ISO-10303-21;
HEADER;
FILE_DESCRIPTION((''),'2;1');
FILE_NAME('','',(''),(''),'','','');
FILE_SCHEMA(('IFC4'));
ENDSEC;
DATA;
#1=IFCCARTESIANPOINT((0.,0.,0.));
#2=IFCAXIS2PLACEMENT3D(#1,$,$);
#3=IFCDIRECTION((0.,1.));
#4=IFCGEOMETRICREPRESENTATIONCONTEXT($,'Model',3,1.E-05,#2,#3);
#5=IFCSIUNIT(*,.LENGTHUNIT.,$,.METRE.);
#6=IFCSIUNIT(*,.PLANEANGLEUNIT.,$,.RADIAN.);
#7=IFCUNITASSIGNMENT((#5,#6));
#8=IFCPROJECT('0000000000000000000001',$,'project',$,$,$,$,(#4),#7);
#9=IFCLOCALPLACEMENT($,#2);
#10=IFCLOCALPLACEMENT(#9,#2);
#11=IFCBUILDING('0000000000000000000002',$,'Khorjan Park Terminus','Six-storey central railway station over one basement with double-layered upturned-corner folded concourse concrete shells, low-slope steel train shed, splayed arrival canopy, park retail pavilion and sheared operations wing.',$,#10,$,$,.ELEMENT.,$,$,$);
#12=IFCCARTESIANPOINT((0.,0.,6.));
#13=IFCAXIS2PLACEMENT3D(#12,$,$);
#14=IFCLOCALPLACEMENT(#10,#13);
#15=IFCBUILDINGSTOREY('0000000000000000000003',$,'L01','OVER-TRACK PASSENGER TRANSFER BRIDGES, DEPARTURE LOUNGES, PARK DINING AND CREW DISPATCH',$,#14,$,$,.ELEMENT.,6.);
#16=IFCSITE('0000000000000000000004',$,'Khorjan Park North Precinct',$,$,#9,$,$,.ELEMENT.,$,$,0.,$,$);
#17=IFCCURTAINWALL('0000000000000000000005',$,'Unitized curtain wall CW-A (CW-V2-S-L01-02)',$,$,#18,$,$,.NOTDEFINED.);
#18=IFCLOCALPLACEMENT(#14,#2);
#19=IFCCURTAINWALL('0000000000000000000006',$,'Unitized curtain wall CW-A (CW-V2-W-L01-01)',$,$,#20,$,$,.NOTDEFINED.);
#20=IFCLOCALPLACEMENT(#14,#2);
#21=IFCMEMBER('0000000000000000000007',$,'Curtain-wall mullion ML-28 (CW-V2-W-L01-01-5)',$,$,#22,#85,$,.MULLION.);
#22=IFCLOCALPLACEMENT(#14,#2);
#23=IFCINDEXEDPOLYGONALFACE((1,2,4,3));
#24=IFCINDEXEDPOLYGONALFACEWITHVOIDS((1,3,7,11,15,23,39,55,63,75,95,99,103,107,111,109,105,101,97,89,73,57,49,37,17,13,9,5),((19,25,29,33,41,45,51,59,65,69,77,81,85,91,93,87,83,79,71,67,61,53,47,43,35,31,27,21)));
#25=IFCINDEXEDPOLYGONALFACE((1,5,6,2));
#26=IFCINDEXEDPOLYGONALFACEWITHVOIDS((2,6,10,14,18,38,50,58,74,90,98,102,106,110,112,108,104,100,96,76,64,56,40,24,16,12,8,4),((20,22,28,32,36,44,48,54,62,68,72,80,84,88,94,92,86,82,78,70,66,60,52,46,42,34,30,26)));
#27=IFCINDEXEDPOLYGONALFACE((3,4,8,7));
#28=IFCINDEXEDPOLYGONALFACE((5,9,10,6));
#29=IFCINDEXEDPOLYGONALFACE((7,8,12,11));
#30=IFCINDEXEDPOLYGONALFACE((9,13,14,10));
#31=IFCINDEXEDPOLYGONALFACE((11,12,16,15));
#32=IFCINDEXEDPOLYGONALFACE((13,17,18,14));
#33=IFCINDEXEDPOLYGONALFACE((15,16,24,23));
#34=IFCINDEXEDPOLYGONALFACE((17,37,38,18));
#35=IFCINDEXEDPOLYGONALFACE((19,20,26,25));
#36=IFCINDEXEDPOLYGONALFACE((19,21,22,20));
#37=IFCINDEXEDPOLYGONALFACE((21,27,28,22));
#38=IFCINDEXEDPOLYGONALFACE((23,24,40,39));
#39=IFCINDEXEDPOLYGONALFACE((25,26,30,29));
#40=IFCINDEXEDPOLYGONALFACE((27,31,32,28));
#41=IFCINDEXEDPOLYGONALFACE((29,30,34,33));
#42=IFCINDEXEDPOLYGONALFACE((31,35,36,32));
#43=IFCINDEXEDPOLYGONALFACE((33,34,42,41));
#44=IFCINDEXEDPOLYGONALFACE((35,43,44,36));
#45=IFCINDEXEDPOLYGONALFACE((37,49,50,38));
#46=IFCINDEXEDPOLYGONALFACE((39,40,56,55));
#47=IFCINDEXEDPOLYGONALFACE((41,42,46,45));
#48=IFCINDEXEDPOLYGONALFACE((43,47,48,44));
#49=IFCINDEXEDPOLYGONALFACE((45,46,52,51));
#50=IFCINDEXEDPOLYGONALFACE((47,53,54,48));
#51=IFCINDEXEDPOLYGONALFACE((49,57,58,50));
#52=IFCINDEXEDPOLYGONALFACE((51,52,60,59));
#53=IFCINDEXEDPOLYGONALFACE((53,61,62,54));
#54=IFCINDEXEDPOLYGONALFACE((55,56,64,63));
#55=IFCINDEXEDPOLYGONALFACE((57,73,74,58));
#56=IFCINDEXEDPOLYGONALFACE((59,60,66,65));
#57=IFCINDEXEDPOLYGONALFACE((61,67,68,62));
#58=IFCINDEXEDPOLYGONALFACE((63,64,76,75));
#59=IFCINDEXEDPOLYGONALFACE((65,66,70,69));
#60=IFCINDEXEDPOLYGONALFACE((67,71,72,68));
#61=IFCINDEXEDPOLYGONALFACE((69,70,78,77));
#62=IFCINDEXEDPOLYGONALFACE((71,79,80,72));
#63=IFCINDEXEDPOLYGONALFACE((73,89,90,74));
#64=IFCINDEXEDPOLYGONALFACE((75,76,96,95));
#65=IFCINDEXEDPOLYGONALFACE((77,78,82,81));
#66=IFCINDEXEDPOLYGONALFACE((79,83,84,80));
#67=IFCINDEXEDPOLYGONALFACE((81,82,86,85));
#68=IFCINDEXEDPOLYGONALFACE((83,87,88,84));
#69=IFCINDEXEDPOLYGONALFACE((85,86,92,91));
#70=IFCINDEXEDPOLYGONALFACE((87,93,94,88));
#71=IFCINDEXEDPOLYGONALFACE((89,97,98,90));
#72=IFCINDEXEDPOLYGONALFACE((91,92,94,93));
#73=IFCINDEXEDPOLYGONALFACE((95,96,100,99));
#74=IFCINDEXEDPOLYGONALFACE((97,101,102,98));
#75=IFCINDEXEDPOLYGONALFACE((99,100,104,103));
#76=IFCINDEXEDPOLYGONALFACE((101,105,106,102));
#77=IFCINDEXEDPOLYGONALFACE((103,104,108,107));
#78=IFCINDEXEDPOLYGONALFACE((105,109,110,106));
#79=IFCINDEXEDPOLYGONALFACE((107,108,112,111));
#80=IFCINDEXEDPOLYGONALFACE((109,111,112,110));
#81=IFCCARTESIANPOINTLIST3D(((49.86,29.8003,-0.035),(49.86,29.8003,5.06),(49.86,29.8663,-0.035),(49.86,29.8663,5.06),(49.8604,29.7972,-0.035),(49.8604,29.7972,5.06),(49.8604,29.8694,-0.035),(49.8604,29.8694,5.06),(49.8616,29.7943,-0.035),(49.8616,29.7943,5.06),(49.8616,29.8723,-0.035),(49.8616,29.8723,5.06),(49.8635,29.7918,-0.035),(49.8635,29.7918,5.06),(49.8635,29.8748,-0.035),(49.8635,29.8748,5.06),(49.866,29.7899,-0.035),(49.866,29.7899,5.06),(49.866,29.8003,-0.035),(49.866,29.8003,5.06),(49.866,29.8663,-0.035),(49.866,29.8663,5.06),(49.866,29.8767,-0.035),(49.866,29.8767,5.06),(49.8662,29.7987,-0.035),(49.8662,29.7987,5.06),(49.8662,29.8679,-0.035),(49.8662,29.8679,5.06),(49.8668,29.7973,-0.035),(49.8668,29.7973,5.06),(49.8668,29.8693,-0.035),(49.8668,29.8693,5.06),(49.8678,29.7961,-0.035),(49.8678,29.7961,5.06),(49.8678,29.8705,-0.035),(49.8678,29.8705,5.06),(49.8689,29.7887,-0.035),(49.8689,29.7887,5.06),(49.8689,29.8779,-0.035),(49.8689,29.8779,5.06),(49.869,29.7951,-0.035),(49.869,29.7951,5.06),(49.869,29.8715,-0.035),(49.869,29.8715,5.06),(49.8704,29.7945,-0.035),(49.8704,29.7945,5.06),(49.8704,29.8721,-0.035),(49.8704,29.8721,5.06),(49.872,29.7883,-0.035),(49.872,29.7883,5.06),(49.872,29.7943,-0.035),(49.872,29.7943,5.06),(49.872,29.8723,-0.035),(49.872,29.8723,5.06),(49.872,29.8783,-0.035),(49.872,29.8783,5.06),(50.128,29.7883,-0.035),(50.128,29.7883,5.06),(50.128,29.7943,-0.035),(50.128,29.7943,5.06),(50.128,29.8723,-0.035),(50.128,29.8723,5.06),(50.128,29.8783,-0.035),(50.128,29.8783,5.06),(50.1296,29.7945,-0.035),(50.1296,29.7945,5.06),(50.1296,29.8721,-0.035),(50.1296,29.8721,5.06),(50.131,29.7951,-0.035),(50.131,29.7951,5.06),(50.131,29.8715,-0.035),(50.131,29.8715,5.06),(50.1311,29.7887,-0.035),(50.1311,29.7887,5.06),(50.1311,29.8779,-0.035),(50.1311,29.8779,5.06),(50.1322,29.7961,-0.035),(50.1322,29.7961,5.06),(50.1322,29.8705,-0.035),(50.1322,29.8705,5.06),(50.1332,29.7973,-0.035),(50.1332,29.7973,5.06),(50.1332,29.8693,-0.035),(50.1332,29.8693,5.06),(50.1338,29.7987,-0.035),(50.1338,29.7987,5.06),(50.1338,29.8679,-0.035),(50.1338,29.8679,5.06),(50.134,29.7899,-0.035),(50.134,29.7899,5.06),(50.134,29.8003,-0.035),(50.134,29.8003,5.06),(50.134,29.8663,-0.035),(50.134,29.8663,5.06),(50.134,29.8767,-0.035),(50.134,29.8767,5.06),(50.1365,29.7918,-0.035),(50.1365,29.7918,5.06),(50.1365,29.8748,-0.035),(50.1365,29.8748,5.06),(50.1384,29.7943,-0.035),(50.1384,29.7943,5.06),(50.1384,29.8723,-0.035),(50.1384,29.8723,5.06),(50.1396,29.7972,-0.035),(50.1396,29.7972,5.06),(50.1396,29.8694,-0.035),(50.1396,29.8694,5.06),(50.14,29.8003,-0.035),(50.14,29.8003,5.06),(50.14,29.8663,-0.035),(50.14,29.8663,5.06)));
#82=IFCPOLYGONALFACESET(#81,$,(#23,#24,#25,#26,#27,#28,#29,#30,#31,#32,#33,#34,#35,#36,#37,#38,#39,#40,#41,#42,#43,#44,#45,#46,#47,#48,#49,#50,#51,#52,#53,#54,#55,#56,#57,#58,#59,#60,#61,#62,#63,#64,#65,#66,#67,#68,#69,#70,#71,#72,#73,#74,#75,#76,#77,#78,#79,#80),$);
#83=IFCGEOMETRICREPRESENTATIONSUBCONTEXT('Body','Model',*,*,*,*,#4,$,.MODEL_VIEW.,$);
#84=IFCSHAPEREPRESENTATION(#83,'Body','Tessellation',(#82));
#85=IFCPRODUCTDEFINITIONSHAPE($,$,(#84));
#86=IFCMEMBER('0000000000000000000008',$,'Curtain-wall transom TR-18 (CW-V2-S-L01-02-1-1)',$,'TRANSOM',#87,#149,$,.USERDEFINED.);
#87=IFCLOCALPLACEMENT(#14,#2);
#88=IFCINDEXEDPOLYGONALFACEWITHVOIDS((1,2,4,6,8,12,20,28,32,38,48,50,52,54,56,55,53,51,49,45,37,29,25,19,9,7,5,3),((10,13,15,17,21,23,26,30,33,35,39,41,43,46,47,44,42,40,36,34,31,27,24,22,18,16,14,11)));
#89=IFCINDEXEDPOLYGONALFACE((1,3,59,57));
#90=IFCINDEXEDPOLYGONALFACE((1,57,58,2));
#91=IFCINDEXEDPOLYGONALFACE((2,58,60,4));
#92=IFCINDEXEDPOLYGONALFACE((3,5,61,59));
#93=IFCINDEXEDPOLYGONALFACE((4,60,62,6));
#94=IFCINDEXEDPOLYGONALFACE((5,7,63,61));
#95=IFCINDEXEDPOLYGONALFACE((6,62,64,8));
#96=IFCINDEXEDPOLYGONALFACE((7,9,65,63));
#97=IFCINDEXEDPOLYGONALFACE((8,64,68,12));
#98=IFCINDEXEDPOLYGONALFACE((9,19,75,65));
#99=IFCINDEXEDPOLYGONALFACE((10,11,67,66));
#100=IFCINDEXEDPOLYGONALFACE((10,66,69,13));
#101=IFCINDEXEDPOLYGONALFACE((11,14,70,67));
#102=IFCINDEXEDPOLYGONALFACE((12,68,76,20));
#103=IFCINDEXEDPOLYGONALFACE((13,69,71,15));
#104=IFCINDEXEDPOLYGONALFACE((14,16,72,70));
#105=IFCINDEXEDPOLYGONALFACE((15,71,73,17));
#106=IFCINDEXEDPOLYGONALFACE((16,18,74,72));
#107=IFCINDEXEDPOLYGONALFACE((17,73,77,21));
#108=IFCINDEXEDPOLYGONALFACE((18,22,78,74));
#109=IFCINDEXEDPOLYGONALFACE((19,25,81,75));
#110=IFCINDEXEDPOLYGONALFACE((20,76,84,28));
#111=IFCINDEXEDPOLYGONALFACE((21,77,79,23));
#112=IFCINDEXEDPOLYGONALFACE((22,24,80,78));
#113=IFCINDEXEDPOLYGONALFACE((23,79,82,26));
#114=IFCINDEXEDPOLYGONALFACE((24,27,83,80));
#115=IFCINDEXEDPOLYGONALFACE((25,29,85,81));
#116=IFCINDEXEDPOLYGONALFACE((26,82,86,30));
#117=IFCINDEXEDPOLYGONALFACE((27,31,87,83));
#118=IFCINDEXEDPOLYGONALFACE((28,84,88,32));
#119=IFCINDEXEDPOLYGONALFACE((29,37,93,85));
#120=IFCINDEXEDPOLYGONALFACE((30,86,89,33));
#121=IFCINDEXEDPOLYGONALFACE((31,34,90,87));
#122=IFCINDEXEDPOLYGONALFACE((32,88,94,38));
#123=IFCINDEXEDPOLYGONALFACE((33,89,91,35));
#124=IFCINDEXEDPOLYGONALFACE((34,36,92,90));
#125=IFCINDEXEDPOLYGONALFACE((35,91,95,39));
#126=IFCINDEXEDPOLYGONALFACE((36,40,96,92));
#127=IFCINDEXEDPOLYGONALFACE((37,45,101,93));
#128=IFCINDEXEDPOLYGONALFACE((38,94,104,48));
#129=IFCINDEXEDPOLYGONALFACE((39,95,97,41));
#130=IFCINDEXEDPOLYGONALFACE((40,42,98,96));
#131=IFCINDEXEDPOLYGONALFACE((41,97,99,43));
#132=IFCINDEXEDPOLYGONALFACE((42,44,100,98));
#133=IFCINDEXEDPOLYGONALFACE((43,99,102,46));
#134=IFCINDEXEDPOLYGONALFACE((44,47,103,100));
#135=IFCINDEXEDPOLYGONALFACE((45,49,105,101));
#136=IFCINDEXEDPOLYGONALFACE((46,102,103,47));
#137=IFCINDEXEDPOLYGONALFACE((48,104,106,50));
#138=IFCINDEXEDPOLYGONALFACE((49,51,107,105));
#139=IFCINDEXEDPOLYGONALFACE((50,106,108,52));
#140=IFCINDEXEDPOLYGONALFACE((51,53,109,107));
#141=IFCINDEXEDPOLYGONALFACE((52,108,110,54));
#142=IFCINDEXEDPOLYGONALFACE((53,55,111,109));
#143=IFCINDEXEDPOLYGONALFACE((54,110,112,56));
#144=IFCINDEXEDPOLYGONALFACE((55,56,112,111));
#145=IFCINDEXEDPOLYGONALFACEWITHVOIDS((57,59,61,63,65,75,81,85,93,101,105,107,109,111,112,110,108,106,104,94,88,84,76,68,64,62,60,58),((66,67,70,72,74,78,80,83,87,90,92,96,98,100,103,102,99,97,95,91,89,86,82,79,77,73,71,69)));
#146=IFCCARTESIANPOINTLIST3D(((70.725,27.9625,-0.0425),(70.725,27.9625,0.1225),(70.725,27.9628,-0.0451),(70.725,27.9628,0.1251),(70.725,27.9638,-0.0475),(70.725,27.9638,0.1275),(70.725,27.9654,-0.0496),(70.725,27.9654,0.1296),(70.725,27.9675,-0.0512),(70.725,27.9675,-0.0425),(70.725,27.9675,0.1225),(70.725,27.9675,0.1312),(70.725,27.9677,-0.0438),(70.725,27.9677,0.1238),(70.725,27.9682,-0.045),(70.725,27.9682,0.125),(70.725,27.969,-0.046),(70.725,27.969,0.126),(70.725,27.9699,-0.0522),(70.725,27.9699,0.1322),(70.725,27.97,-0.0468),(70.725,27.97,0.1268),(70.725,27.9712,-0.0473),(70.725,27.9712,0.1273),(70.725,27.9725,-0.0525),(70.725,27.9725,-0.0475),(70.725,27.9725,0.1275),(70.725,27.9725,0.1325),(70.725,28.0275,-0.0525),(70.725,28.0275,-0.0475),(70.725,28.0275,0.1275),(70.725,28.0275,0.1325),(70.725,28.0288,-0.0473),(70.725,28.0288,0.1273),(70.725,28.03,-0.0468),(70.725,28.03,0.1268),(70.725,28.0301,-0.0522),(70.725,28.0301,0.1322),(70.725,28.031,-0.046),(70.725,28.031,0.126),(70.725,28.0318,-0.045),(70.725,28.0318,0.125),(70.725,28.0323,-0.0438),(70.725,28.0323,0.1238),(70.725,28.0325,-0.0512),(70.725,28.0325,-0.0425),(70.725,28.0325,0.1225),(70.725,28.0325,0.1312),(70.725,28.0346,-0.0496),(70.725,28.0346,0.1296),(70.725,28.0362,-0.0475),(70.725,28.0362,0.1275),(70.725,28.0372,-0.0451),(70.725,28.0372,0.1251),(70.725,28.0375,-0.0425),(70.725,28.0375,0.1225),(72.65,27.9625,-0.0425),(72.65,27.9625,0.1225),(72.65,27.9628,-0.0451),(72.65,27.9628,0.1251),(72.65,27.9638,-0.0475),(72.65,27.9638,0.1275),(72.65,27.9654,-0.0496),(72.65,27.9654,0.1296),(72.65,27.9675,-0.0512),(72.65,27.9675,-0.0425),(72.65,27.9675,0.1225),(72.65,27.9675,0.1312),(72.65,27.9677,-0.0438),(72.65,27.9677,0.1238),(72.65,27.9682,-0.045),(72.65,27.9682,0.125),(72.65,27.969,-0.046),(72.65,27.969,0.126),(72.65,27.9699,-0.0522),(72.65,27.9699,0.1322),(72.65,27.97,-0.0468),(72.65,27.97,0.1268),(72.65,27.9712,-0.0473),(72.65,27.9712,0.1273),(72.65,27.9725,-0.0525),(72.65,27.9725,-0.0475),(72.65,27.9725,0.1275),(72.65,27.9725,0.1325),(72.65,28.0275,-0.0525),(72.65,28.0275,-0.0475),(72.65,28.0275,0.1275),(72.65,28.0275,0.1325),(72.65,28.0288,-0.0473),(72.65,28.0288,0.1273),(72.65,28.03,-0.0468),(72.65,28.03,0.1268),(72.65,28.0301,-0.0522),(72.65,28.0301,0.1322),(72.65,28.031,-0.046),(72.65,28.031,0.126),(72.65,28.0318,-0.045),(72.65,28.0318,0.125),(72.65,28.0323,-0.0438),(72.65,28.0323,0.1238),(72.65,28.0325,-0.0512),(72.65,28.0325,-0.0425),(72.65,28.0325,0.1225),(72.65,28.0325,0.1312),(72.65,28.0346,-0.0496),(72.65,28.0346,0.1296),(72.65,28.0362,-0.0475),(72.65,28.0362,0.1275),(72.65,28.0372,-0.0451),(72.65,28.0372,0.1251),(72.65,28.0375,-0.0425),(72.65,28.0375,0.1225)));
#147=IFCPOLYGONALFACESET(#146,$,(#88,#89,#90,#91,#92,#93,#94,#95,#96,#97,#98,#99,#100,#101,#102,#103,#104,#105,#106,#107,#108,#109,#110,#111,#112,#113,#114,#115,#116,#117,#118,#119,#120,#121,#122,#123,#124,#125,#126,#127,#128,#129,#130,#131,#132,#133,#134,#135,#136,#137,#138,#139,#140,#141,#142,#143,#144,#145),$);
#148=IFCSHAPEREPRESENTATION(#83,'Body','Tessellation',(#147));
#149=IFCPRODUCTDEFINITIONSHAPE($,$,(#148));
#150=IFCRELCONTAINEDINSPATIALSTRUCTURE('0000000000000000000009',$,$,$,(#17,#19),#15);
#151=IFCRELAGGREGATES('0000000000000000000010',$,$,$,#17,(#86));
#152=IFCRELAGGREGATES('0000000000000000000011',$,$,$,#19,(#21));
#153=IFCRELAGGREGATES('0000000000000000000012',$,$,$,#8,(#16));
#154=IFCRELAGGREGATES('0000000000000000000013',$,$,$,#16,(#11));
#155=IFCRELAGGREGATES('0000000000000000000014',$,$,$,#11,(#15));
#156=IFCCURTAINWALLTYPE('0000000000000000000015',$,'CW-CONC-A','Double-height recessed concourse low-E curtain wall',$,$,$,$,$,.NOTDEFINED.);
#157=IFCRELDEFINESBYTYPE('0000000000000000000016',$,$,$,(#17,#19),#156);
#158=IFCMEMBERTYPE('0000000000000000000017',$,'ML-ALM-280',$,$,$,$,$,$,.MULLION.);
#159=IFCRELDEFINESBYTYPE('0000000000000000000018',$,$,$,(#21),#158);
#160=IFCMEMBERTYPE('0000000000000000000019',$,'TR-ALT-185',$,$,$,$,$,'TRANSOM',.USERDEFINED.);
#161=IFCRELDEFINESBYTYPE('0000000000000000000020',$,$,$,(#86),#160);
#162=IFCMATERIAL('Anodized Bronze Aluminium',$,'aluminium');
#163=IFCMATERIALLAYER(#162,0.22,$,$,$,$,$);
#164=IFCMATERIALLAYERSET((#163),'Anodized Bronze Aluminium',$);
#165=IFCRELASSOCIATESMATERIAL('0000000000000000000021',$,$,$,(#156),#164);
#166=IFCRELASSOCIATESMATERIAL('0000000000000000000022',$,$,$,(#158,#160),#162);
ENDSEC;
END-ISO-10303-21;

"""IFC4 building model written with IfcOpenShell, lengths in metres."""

from ifc_helpers import new_model, si_unit, direction, frame, origin, origin_2d, place, context, subcontext, project, spatial, hollow_rectangle, extrude, material, layer, layer_set, material_profile, profile_set, type_object, element, aggregate, save


model = new_model("IFC4")

# Units and contexts
model_context = context("Model", 3, precision=1e-05, world=origin(), true_north=direction((0.0, 1.0)))
body_context = subcontext(model_context, "Body", "Model", "MODEL_VIEW")
ifc_project = project(units=[si_unit("LENGTHUNIT", "METRE"), si_unit("PLANEANGLEUNIT", "RADIAN")], contexts=[model_context])

# Site, building, storey
site_placement = place(None, origin())
site = spatial("IfcSite", under=ifc_project, at=site_placement, Name="Khorjan Park North Precinct", CompositionType="ELEMENT", RefElevation=0.0)
building_placement = place(site_placement, origin())
building = spatial("IfcBuilding", under=site, at=building_placement, Name="Khorjan Park Terminus", Description="Six-storey central railway station over one basement with double-layered upturned-corner folded concourse concrete shells, low-slope steel train shed, splayed arrival canopy, park retail pavilion and sheared operations wing.", CompositionType="ELEMENT")
storey_placement = place(building_placement, frame((0.0, 0.0, 6.0)))
storey = spatial("IfcBuildingStorey", under=building, at=storey_placement, Name="L01", Description="OVER-TRACK PASSENGER TRANSFER BRIDGES, DEPARTURE LOUNGES, PARK DINING AND CREW DISPATCH", CompositionType="ELEMENT", Elevation=6.0)

# Curtain wall
ifc_material_1 = material(Name="Anodized Bronze Aluminium", Category="aluminium")
ifc_layer_1 = layer(ifc_material_1, 0.22)
ifc_layer_set_1 = layer_set([ifc_layer_1], Name="Anodized Bronze Aluminium")
curtain_wall_type = type_object("IfcCurtainWallType", Name="CW-CONC-A", Description="Double-height recessed concourse low-E curtain wall", PredefinedType="NOTDEFINED", material=ifc_layer_set_1)
curtain_wall_1_placement = place(storey_placement, origin())
curtain_wall_1 = element("IfcCurtainWall", 1, at=curtain_wall_1_placement, inside=storey, type_object=curtain_wall_type, Name="Unitized curtain wall CW-A (CW-V2-S-L01-02)", PredefinedType="NOTDEFINED")
ifc_material_profile_1 = material_profile(ifc_material_1, hollow_rectangle(XDim=0.09, YDim=0.28, WallThickness=0.006, InnerFilletRadius=0.006, OuterFilletRadius=0.012, at=origin_2d()), Name="ALM 90x280x6")
ifc_profile_set_1 = profile_set([ifc_material_profile_1], Name="Anodized Bronze Aluminium")
member_type_1 = type_object("IfcMemberType", Name="ML-ALM-280", PredefinedType="MULLION", material=ifc_profile_set_1)

# Curtain wall, member
curtain_wall_2_placement = place(storey_placement, origin())
curtain_wall_2 = element("IfcCurtainWall", 2, at=curtain_wall_2_placement, inside=storey, type_object=curtain_wall_type, Name="Unitized curtain wall CW-A (CW-V2-W-L01-01)", PredefinedType="NOTDEFINED")
member_1_placement = place(storey_placement, frame((50.0, 29.8333, -0.035), z_axis=(0.0, 0.0, 1.0), x_axis=(0.0, -1.0, 0.0)))
member_1 = element("IfcMember", 3, at=member_1_placement, type_object=member_type_1, Name="Curtain-wall mullion ML-28 (CW-V2-W-L01-01-5)", PredefinedType="MULLION", context=body_context, shape_type="SweptSolid", body=[
    extrude(hollow_rectangle(XDim=0.09, YDim=0.28, WallThickness=0.006, InnerFilletRadius=0.006, OuterFilletRadius=0.012, at=origin_2d()), origin(), (0.0, 0.0, 1.0), 5.095),
])

# Member
ifc_material_profile_2 = material_profile(ifc_material_1, hollow_rectangle(XDim=0.075, YDim=0.185, WallThickness=0.005, InnerFilletRadius=0.005, OuterFilletRadius=0.01, at=origin_2d()), Name="ALT 75x185x5")
ifc_profile_set_2 = profile_set([ifc_material_profile_2], Name="Anodized Bronze Aluminium")
member_type_2 = type_object("IfcMemberType", Name="TR-ALT-185", ElementType="TRANSOM", PredefinedType="USERDEFINED", material=ifc_profile_set_2)
member_2_placement = place(storey_placement, frame((70.725, 28.0, 0.04), z_axis=(1.0, 0.0, 0.0), x_axis=(0.0, 1.0, 0.0)))
member_2 = element("IfcMember", 4, at=member_2_placement, type_object=member_type_2, Name="Curtain-wall transom TR-18 (CW-V2-S-L01-02-1-1)", ObjectType="TRANSOM", PredefinedType="USERDEFINED", context=body_context, shape_type="SweptSolid", body=[
    extrude(hollow_rectangle(XDim=0.075, YDim=0.185, WallThickness=0.005, InnerFilletRadius=0.005, OuterFilletRadius=0.01, at=origin_2d()), origin(), (0.0, 0.0, 1.0), 1.925),
])

aggregate(curtain_wall_1, [member_2])
aggregate(curtain_wall_2, [member_1])

save(model, "model.ifc")
